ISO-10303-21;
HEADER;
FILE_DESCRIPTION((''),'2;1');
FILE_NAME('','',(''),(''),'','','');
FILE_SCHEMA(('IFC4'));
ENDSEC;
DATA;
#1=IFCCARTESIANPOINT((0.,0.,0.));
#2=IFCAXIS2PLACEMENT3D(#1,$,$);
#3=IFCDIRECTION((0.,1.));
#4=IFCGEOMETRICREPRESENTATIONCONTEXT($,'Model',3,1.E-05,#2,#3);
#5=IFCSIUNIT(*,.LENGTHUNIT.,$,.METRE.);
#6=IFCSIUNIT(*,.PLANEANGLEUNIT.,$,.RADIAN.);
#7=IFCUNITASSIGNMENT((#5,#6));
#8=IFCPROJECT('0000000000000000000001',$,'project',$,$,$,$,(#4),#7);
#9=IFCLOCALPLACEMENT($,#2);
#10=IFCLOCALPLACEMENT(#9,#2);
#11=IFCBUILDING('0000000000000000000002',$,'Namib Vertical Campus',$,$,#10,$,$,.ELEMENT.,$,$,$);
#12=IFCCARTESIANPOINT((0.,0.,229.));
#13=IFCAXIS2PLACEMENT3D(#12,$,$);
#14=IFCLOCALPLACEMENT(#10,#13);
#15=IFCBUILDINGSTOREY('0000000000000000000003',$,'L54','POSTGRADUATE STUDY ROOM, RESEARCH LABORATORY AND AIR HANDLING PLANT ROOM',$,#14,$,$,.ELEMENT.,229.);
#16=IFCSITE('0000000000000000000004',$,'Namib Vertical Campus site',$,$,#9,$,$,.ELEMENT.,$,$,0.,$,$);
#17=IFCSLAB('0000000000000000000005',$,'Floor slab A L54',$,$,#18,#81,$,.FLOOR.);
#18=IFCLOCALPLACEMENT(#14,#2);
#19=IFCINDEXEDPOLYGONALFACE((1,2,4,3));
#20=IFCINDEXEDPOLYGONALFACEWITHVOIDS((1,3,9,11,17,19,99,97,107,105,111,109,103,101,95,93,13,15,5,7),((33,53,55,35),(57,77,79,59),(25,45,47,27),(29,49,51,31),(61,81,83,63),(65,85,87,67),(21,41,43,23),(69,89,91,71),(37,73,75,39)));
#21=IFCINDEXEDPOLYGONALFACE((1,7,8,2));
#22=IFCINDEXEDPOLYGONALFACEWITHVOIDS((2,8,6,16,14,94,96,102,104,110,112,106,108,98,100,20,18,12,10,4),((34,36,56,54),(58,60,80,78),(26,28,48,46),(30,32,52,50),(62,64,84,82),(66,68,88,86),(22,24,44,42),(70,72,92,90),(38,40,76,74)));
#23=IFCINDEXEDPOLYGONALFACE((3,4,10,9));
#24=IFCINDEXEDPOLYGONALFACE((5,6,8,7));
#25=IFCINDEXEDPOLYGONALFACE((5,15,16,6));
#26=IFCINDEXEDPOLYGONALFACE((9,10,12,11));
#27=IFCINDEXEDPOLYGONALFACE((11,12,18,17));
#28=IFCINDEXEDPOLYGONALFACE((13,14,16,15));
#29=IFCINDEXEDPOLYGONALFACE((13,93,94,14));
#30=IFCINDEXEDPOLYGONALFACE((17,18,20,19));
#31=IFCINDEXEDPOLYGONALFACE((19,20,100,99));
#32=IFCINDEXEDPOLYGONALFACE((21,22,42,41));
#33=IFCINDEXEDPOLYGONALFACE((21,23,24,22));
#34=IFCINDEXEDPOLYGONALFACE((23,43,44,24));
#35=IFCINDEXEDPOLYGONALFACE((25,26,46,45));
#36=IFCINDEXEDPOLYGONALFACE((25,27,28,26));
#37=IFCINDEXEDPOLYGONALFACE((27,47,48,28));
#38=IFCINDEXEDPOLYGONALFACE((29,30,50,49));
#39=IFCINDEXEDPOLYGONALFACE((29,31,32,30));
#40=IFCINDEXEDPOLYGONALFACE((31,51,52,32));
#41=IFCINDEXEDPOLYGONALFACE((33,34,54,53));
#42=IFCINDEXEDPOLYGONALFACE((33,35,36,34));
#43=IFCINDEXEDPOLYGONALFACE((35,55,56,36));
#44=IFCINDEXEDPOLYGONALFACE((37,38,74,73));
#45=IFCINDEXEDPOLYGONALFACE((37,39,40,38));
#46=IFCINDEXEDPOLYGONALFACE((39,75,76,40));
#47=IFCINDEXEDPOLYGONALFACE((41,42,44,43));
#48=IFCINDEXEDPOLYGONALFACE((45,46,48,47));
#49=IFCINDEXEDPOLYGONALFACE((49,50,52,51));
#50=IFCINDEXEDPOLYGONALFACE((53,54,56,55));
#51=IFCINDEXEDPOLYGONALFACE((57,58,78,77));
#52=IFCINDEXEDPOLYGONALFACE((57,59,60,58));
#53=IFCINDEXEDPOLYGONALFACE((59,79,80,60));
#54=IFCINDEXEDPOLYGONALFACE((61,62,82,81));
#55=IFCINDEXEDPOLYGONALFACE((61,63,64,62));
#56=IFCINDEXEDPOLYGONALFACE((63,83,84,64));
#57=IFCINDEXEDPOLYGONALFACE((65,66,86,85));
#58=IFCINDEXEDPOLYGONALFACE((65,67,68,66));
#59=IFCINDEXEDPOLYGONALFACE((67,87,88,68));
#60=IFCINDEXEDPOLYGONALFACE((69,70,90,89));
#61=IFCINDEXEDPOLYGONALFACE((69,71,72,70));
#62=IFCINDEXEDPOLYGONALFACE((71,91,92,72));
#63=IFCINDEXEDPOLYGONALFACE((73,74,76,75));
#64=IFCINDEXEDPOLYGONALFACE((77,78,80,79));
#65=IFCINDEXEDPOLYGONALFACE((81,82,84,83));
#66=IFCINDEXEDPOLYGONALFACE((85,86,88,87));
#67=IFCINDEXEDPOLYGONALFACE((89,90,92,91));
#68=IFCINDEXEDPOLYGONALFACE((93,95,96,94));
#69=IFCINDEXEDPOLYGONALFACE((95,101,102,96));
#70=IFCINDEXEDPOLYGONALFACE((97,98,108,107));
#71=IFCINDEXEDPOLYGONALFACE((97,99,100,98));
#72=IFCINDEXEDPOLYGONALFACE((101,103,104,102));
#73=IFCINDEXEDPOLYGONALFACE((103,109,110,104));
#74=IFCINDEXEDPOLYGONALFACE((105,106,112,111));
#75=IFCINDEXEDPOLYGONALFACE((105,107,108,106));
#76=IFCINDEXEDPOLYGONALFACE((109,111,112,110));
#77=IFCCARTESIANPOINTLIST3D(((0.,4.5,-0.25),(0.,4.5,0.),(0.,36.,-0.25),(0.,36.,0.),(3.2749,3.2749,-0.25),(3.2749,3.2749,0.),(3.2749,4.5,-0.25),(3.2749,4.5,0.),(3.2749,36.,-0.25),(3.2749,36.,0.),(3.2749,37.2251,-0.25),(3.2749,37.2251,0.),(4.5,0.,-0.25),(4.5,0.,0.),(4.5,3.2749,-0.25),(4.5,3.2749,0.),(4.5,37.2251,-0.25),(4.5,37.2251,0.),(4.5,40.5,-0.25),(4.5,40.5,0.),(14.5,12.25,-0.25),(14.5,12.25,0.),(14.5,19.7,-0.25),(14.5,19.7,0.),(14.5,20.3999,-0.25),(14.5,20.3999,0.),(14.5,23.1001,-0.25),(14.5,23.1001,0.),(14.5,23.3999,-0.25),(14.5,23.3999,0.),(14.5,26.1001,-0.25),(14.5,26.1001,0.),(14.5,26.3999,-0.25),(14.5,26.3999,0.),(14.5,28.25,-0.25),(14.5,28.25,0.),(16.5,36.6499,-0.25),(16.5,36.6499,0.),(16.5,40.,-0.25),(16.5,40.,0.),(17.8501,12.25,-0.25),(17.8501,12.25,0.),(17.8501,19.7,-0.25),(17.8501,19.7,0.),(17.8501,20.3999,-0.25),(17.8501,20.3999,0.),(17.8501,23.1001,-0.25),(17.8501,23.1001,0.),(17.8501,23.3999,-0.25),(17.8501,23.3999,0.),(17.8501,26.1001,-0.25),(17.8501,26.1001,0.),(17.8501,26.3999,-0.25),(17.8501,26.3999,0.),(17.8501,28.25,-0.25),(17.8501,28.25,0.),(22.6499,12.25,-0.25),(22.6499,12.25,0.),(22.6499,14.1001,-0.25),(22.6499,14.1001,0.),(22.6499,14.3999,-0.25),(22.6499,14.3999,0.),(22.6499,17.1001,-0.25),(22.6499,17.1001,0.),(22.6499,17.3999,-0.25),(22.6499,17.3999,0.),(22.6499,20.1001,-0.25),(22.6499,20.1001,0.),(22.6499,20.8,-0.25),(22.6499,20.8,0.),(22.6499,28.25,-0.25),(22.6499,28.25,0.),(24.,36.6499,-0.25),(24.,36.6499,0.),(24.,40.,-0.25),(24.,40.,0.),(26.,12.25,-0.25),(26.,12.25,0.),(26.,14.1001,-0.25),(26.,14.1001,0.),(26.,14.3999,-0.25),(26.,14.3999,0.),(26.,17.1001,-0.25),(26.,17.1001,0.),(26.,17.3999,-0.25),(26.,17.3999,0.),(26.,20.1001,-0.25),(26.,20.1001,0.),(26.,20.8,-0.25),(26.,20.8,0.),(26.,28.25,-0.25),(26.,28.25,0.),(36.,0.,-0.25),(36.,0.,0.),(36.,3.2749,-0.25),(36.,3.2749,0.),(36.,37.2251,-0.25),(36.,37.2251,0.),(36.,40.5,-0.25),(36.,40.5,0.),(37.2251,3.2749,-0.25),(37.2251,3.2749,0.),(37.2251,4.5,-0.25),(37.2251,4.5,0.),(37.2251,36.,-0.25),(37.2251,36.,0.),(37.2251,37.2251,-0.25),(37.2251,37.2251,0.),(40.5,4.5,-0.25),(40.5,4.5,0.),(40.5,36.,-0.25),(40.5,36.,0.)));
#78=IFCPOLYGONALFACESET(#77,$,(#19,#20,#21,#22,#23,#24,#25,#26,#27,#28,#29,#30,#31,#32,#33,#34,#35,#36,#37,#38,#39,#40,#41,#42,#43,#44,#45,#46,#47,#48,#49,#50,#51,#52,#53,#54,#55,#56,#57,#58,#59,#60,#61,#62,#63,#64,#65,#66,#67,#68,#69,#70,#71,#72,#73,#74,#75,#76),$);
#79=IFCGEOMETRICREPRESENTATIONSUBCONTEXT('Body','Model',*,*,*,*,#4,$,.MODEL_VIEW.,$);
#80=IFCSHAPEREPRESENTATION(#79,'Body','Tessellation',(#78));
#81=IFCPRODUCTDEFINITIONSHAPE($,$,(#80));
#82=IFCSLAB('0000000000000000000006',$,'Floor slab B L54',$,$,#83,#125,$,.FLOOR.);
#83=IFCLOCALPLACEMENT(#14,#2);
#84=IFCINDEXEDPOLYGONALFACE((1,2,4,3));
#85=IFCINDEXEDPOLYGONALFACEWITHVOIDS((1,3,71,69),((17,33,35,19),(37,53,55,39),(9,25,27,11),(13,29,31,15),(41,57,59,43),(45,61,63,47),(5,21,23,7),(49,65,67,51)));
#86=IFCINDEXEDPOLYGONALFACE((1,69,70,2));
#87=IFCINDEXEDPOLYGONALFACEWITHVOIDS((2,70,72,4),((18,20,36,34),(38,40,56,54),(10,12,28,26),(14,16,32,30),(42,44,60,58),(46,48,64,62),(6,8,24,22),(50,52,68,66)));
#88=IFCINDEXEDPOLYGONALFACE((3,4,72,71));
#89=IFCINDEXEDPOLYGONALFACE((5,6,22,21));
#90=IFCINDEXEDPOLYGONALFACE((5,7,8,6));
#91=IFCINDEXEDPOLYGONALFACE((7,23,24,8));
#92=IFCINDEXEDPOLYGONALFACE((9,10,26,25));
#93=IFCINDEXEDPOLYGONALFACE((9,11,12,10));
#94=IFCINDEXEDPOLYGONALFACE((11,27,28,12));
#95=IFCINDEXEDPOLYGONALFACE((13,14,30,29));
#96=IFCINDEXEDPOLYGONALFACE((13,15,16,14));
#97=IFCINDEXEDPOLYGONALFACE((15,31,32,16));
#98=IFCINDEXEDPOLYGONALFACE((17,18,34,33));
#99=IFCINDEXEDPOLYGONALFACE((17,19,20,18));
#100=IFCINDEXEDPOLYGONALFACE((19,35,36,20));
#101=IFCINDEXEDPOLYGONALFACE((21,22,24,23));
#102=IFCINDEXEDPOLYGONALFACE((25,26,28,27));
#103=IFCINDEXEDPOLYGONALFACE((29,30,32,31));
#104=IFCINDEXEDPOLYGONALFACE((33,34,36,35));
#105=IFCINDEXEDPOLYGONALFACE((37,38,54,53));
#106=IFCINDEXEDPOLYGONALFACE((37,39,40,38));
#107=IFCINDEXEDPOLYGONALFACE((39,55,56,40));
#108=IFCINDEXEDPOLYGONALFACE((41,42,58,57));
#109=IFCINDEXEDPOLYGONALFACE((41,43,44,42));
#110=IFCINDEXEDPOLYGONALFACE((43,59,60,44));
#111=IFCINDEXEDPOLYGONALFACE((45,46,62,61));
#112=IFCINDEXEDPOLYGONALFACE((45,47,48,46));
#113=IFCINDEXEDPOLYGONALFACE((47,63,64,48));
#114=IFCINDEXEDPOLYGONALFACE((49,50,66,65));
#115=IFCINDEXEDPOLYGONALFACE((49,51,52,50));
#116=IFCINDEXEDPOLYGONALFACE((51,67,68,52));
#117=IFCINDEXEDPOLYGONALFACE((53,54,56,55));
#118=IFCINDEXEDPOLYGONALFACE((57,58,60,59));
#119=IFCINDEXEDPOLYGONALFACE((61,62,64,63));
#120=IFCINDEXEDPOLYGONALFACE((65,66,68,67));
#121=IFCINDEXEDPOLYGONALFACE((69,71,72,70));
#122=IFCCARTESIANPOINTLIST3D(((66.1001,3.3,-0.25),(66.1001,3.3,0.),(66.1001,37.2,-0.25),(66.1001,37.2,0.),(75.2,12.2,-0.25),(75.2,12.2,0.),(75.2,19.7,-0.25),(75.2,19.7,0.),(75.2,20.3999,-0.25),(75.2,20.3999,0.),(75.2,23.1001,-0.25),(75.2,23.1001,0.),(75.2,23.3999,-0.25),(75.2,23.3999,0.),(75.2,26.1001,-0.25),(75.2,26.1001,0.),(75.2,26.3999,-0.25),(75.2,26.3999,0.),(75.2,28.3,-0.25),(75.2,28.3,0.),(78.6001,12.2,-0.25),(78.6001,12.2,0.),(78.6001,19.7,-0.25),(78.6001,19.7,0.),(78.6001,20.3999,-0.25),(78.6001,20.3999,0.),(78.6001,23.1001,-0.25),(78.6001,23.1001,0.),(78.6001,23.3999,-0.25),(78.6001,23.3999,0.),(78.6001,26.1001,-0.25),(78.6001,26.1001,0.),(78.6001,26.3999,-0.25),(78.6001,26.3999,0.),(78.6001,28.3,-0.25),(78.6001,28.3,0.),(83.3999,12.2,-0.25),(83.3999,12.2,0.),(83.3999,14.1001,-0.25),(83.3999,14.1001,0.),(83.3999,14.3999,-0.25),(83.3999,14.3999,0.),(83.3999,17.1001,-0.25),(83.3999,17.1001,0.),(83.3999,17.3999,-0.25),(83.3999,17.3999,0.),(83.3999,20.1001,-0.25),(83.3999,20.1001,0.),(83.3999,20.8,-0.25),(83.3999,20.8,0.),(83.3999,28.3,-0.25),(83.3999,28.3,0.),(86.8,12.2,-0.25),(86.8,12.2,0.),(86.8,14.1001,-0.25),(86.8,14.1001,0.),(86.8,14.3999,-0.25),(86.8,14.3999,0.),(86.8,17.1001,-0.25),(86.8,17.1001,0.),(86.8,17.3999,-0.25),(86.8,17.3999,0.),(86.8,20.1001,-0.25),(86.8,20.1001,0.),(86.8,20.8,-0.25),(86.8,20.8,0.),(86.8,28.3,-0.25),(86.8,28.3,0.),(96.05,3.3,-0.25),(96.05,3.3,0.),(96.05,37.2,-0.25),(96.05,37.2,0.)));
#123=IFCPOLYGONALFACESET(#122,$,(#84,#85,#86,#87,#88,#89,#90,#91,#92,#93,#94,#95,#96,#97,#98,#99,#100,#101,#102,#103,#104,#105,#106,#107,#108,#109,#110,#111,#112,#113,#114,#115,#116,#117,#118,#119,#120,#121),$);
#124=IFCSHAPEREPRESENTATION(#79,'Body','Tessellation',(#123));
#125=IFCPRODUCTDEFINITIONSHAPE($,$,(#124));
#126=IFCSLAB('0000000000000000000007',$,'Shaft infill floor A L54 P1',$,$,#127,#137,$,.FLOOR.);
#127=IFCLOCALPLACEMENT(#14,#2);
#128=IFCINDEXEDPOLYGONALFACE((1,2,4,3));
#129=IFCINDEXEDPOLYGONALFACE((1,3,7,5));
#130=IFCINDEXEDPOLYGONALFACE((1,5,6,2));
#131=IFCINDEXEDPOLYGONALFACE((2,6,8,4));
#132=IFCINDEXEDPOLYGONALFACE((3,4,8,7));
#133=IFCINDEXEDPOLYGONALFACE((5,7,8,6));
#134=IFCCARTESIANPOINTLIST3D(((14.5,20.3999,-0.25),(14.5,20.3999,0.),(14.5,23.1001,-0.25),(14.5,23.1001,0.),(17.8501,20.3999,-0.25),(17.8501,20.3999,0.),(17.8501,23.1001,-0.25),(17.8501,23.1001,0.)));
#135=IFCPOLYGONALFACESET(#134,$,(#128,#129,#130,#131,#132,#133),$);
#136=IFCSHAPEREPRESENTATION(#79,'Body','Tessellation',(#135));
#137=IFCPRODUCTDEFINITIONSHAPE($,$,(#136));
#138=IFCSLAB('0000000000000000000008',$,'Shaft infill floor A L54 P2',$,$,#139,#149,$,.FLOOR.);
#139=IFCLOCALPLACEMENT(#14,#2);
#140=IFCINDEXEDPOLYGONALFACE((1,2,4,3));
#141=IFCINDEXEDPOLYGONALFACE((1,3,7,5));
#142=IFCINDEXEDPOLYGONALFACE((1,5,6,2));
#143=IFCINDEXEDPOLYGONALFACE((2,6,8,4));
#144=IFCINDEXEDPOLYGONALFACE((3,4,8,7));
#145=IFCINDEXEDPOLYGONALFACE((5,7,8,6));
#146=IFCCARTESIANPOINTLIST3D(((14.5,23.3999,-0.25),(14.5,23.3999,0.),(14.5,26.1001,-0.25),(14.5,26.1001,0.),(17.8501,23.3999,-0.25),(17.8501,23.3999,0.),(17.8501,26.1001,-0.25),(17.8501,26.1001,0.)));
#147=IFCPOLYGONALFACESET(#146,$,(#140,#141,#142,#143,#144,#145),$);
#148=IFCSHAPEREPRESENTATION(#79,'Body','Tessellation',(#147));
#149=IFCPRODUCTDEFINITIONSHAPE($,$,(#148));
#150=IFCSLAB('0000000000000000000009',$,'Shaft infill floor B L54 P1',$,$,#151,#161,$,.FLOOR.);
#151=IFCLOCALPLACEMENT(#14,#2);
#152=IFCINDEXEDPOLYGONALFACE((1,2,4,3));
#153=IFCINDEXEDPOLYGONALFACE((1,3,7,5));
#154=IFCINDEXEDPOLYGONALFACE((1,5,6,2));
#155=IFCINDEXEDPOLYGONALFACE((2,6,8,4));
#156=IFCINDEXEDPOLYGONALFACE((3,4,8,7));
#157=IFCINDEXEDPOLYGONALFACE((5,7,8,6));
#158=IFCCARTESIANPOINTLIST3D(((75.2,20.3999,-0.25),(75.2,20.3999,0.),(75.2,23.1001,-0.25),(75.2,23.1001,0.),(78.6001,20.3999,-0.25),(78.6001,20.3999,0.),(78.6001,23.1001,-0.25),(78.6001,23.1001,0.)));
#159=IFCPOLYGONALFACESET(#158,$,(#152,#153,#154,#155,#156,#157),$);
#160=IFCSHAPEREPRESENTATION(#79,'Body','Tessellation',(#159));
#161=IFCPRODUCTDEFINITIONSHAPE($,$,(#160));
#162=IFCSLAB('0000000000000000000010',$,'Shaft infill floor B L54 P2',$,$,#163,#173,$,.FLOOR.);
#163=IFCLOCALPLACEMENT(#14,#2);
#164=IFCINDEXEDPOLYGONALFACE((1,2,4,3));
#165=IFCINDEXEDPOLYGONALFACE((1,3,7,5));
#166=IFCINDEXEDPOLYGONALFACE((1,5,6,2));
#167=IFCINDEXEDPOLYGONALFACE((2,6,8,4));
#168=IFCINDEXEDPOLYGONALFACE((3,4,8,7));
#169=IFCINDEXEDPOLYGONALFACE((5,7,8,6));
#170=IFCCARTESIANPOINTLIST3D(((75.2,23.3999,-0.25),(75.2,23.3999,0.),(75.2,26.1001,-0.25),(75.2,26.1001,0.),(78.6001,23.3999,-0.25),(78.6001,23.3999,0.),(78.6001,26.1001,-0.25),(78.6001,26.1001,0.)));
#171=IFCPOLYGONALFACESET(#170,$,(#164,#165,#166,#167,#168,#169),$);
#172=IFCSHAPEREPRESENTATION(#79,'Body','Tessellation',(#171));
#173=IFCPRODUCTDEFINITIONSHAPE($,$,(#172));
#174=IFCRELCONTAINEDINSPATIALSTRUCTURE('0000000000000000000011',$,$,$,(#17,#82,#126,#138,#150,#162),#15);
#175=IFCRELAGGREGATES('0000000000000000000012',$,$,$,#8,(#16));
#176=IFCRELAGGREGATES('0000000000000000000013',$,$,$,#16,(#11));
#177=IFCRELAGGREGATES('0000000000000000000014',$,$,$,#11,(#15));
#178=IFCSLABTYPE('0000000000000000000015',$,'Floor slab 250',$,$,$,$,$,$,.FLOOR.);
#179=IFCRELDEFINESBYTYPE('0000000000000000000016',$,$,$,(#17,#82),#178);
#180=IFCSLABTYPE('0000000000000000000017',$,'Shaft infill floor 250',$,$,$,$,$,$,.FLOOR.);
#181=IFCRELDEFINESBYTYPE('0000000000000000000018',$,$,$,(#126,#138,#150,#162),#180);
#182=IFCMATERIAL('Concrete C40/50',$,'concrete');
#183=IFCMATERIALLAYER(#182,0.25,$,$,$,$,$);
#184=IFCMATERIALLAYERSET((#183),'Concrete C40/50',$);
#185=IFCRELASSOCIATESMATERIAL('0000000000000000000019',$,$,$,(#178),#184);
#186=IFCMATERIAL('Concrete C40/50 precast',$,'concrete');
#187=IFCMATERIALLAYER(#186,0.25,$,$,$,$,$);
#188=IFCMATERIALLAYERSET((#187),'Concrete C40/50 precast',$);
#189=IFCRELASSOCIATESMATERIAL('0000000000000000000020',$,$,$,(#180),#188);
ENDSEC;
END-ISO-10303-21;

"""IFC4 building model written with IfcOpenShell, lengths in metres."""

from ifc_helpers import new_model, si_unit, direction, frame, origin, place, context, subcontext, project, spatial, polyline, outline, extrude, material, layer, layer_set, type_object, element, save


model = new_model("IFC4")

# Units and contexts
model_context = context("Model", 3, precision=1e-05, world=origin(), true_north=direction((0.0, 1.0)))
body_context = subcontext(model_context, "Body", "Model", "MODEL_VIEW")
ifc_project = project(units=[si_unit("LENGTHUNIT", "METRE"), si_unit("PLANEANGLEUNIT", "RADIAN")], contexts=[model_context])

# Site, building, storey
site_placement = place(None, origin())
site = spatial("IfcSite", under=ifc_project, at=site_placement, Name="Namib Vertical Campus site", CompositionType="ELEMENT", RefElevation=0.0)
building_placement = place(site_placement, origin())
building = spatial("IfcBuilding", under=site, at=building_placement, Name="Namib Vertical Campus", CompositionType="ELEMENT")
storey_placement = place(building_placement, frame((0.0, 0.0, 229.0)))
storey = spatial("IfcBuildingStorey", under=building, at=storey_placement, Name="L54", Description="POSTGRADUATE STUDY ROOM, RESEARCH LABORATORY AND AIR HANDLING PLANT ROOM", CompositionType="ELEMENT", Elevation=229.0)

# Slabs
ifc_material_1 = material(Name="Concrete C40/50", Category="concrete")
ifc_layer_1 = layer(ifc_material_1, 0.25)
ifc_layer_set_1 = layer_set([ifc_layer_1], Name="Concrete C40/50")
slab_type_1 = type_object("IfcSlabType", Name="Floor slab 250", PredefinedType="FLOOR", material=ifc_layer_set_1)
slab_1_placement = place(storey_placement, frame((0.0, 0.0, -0.25)))
element("IfcSlab", 1, at=slab_1_placement, inside=storey, type_object=slab_type_1, Name="Floor slab A L54", PredefinedType="FLOOR", context=body_context, shape_type="SweptSolid", body=[
    extrude(outline(polyline([(4.5, 0.0), (36.0, 0.0), (36.0, 3.2749), (37.2251, 3.2749), (37.2251, 4.5), (40.5, 4.5), (40.5, 36.0), (37.2251, 36.0), (37.2251, 37.2251), (36.0, 37.2251), (36.0, 40.5), (4.5, 40.5), (4.5, 37.2251), (3.2749, 37.2251), (3.2749, 36.0), (0.0, 36.0), (0.0, 4.5), (3.2749, 4.5), (3.2749, 3.2749), (4.5, 3.2749), (4.5, 0.0)]), holes=[polyline([(14.5, 12.25), (17.8501, 12.25), (17.8501, 19.7), (14.5, 19.7), (14.5, 12.25)]), polyline([(22.6499, 20.8), (26.0, 20.8), (26.0, 28.25), (22.6499, 28.25), (22.6499, 20.8)]), polyline([(22.6499, 12.25), (26.0, 12.25), (26.0, 14.1001), (22.6499, 14.1001), (22.6499, 12.25)]), polyline([(14.5, 20.3999), (17.8501, 20.3999), (17.8501, 23.1001), (14.5, 23.1001), (14.5, 20.3999)]), polyline([(14.5, 23.3999), (17.8501, 23.3999), (17.8501, 26.1001), (14.5, 26.1001), (14.5, 23.3999)]), polyline([(14.5, 26.3999), (17.8501, 26.3999), (17.8501, 28.25), (14.5, 28.25), (14.5, 26.3999)]), polyline([(22.6499, 14.3999), (26.0, 14.3999), (26.0, 17.1001), (22.6499, 17.1001), (22.6499, 14.3999)]), polyline([(22.6499, 17.3999), (26.0, 17.3999), (26.0, 20.1001), (22.6499, 20.1001), (22.6499, 17.3999)]), polyline([(16.5, 36.6499), (24.0, 36.6499), (24.0, 40.0), (16.5, 40.0), (16.5, 36.6499)])]), origin(), (0.0, 0.0, 1.0), 0.25),
])
slab_2_placement = place(storey_placement, frame((0.0, 0.0, -0.25)))
element("IfcSlab", 2, at=slab_2_placement, inside=storey, type_object=slab_type_1, Name="Floor slab B L54", PredefinedType="FLOOR", context=body_context, shape_type="SweptSolid", body=[
    extrude(outline(polyline([(66.1001, 3.3), (96.05, 3.3), (96.05, 37.2), (66.1001, 37.2), (66.1001, 3.3)]), holes=[polyline([(75.2, 12.2), (78.6001, 12.2), (78.6001, 19.7), (75.2, 19.7), (75.2, 12.2)]), polyline([(83.3999, 20.8), (86.8, 20.8), (86.8, 28.3), (83.3999, 28.3), (83.3999, 20.8)]), polyline([(83.3999, 12.2), (86.8, 12.2), (86.8, 14.1001), (83.3999, 14.1001), (83.3999, 12.2)]), polyline([(75.2, 20.3999), (78.6001, 20.3999), (78.6001, 23.1001), (75.2, 23.1001), (75.2, 20.3999)]), polyline([(75.2, 23.3999), (78.6001, 23.3999), (78.6001, 26.1001), (75.2, 26.1001), (75.2, 23.3999)]), polyline([(75.2, 26.3999), (78.6001, 26.3999), (78.6001, 28.3), (75.2, 28.3), (75.2, 26.3999)]), polyline([(83.3999, 14.3999), (86.8, 14.3999), (86.8, 17.1001), (83.3999, 17.1001), (83.3999, 14.3999)]), polyline([(83.3999, 17.3999), (86.8, 17.3999), (86.8, 20.1001), (83.3999, 20.1001), (83.3999, 17.3999)])]), origin(), (0.0, 0.0, 1.0), 0.25),
])
ifc_material_2 = material(Name="Concrete C40/50 precast", Category="concrete")
ifc_layer_2 = layer(ifc_material_2, 0.25)
ifc_layer_set_2 = layer_set([ifc_layer_2], Name="Concrete C40/50 precast")
slab_type_2 = type_object("IfcSlabType", Name="Shaft infill floor 250", PredefinedType="FLOOR", material=ifc_layer_set_2)
slab_3_placement = place(storey_placement, frame((0.0, 0.0, -0.25)))
element("IfcSlab", 3, at=slab_3_placement, inside=storey, type_object=slab_type_2, Name="Shaft infill floor A L54 P1", PredefinedType="FLOOR", context=body_context, shape_type="SweptSolid", body=[
    extrude(outline(polyline([(14.5, 20.3999), (17.8501, 20.3999), (17.8501, 23.1001), (14.5, 23.1001), (14.5, 20.3999)])), origin(), (0.0, 0.0, 1.0), 0.25),
])
slab_4_placement = place(storey_placement, frame((0.0, 0.0, -0.25)))
element("IfcSlab", 4, at=slab_4_placement, inside=storey, type_object=slab_type_2, Name="Shaft infill floor A L54 P2", PredefinedType="FLOOR", context=body_context, shape_type="SweptSolid", body=[
    extrude(outline(polyline([(14.5, 23.3999), (17.8501, 23.3999), (17.8501, 26.1001), (14.5, 26.1001), (14.5, 23.3999)])), origin(), (0.0, 0.0, 1.0), 0.25),
])
slab_5_placement = place(storey_placement, frame((0.0, 0.0, -0.25)))
element("IfcSlab", 5, at=slab_5_placement, inside=storey, type_object=slab_type_2, Name="Shaft infill floor B L54 P1", PredefinedType="FLOOR", context=body_context, shape_type="SweptSolid", body=[
    extrude(outline(polyline([(75.2, 20.3999), (78.6001, 20.3999), (78.6001, 23.1001), (75.2, 23.1001), (75.2, 20.3999)])), origin(), (0.0, 0.0, 1.0), 0.25),
])
slab_6_placement = place(storey_placement, frame((0.0, 0.0, -0.25)))
element("IfcSlab", 6, at=slab_6_placement, inside=storey, type_object=slab_type_2, Name="Shaft infill floor B L54 P2", PredefinedType="FLOOR", context=body_context, shape_type="SweptSolid", body=[
    extrude(outline(polyline([(75.2, 23.3999), (78.6001, 23.3999), (78.6001, 26.1001), (75.2, 26.1001), (75.2, 23.3999)])), origin(), (0.0, 0.0, 1.0), 0.25),
])

save(model, "model.ifc")
